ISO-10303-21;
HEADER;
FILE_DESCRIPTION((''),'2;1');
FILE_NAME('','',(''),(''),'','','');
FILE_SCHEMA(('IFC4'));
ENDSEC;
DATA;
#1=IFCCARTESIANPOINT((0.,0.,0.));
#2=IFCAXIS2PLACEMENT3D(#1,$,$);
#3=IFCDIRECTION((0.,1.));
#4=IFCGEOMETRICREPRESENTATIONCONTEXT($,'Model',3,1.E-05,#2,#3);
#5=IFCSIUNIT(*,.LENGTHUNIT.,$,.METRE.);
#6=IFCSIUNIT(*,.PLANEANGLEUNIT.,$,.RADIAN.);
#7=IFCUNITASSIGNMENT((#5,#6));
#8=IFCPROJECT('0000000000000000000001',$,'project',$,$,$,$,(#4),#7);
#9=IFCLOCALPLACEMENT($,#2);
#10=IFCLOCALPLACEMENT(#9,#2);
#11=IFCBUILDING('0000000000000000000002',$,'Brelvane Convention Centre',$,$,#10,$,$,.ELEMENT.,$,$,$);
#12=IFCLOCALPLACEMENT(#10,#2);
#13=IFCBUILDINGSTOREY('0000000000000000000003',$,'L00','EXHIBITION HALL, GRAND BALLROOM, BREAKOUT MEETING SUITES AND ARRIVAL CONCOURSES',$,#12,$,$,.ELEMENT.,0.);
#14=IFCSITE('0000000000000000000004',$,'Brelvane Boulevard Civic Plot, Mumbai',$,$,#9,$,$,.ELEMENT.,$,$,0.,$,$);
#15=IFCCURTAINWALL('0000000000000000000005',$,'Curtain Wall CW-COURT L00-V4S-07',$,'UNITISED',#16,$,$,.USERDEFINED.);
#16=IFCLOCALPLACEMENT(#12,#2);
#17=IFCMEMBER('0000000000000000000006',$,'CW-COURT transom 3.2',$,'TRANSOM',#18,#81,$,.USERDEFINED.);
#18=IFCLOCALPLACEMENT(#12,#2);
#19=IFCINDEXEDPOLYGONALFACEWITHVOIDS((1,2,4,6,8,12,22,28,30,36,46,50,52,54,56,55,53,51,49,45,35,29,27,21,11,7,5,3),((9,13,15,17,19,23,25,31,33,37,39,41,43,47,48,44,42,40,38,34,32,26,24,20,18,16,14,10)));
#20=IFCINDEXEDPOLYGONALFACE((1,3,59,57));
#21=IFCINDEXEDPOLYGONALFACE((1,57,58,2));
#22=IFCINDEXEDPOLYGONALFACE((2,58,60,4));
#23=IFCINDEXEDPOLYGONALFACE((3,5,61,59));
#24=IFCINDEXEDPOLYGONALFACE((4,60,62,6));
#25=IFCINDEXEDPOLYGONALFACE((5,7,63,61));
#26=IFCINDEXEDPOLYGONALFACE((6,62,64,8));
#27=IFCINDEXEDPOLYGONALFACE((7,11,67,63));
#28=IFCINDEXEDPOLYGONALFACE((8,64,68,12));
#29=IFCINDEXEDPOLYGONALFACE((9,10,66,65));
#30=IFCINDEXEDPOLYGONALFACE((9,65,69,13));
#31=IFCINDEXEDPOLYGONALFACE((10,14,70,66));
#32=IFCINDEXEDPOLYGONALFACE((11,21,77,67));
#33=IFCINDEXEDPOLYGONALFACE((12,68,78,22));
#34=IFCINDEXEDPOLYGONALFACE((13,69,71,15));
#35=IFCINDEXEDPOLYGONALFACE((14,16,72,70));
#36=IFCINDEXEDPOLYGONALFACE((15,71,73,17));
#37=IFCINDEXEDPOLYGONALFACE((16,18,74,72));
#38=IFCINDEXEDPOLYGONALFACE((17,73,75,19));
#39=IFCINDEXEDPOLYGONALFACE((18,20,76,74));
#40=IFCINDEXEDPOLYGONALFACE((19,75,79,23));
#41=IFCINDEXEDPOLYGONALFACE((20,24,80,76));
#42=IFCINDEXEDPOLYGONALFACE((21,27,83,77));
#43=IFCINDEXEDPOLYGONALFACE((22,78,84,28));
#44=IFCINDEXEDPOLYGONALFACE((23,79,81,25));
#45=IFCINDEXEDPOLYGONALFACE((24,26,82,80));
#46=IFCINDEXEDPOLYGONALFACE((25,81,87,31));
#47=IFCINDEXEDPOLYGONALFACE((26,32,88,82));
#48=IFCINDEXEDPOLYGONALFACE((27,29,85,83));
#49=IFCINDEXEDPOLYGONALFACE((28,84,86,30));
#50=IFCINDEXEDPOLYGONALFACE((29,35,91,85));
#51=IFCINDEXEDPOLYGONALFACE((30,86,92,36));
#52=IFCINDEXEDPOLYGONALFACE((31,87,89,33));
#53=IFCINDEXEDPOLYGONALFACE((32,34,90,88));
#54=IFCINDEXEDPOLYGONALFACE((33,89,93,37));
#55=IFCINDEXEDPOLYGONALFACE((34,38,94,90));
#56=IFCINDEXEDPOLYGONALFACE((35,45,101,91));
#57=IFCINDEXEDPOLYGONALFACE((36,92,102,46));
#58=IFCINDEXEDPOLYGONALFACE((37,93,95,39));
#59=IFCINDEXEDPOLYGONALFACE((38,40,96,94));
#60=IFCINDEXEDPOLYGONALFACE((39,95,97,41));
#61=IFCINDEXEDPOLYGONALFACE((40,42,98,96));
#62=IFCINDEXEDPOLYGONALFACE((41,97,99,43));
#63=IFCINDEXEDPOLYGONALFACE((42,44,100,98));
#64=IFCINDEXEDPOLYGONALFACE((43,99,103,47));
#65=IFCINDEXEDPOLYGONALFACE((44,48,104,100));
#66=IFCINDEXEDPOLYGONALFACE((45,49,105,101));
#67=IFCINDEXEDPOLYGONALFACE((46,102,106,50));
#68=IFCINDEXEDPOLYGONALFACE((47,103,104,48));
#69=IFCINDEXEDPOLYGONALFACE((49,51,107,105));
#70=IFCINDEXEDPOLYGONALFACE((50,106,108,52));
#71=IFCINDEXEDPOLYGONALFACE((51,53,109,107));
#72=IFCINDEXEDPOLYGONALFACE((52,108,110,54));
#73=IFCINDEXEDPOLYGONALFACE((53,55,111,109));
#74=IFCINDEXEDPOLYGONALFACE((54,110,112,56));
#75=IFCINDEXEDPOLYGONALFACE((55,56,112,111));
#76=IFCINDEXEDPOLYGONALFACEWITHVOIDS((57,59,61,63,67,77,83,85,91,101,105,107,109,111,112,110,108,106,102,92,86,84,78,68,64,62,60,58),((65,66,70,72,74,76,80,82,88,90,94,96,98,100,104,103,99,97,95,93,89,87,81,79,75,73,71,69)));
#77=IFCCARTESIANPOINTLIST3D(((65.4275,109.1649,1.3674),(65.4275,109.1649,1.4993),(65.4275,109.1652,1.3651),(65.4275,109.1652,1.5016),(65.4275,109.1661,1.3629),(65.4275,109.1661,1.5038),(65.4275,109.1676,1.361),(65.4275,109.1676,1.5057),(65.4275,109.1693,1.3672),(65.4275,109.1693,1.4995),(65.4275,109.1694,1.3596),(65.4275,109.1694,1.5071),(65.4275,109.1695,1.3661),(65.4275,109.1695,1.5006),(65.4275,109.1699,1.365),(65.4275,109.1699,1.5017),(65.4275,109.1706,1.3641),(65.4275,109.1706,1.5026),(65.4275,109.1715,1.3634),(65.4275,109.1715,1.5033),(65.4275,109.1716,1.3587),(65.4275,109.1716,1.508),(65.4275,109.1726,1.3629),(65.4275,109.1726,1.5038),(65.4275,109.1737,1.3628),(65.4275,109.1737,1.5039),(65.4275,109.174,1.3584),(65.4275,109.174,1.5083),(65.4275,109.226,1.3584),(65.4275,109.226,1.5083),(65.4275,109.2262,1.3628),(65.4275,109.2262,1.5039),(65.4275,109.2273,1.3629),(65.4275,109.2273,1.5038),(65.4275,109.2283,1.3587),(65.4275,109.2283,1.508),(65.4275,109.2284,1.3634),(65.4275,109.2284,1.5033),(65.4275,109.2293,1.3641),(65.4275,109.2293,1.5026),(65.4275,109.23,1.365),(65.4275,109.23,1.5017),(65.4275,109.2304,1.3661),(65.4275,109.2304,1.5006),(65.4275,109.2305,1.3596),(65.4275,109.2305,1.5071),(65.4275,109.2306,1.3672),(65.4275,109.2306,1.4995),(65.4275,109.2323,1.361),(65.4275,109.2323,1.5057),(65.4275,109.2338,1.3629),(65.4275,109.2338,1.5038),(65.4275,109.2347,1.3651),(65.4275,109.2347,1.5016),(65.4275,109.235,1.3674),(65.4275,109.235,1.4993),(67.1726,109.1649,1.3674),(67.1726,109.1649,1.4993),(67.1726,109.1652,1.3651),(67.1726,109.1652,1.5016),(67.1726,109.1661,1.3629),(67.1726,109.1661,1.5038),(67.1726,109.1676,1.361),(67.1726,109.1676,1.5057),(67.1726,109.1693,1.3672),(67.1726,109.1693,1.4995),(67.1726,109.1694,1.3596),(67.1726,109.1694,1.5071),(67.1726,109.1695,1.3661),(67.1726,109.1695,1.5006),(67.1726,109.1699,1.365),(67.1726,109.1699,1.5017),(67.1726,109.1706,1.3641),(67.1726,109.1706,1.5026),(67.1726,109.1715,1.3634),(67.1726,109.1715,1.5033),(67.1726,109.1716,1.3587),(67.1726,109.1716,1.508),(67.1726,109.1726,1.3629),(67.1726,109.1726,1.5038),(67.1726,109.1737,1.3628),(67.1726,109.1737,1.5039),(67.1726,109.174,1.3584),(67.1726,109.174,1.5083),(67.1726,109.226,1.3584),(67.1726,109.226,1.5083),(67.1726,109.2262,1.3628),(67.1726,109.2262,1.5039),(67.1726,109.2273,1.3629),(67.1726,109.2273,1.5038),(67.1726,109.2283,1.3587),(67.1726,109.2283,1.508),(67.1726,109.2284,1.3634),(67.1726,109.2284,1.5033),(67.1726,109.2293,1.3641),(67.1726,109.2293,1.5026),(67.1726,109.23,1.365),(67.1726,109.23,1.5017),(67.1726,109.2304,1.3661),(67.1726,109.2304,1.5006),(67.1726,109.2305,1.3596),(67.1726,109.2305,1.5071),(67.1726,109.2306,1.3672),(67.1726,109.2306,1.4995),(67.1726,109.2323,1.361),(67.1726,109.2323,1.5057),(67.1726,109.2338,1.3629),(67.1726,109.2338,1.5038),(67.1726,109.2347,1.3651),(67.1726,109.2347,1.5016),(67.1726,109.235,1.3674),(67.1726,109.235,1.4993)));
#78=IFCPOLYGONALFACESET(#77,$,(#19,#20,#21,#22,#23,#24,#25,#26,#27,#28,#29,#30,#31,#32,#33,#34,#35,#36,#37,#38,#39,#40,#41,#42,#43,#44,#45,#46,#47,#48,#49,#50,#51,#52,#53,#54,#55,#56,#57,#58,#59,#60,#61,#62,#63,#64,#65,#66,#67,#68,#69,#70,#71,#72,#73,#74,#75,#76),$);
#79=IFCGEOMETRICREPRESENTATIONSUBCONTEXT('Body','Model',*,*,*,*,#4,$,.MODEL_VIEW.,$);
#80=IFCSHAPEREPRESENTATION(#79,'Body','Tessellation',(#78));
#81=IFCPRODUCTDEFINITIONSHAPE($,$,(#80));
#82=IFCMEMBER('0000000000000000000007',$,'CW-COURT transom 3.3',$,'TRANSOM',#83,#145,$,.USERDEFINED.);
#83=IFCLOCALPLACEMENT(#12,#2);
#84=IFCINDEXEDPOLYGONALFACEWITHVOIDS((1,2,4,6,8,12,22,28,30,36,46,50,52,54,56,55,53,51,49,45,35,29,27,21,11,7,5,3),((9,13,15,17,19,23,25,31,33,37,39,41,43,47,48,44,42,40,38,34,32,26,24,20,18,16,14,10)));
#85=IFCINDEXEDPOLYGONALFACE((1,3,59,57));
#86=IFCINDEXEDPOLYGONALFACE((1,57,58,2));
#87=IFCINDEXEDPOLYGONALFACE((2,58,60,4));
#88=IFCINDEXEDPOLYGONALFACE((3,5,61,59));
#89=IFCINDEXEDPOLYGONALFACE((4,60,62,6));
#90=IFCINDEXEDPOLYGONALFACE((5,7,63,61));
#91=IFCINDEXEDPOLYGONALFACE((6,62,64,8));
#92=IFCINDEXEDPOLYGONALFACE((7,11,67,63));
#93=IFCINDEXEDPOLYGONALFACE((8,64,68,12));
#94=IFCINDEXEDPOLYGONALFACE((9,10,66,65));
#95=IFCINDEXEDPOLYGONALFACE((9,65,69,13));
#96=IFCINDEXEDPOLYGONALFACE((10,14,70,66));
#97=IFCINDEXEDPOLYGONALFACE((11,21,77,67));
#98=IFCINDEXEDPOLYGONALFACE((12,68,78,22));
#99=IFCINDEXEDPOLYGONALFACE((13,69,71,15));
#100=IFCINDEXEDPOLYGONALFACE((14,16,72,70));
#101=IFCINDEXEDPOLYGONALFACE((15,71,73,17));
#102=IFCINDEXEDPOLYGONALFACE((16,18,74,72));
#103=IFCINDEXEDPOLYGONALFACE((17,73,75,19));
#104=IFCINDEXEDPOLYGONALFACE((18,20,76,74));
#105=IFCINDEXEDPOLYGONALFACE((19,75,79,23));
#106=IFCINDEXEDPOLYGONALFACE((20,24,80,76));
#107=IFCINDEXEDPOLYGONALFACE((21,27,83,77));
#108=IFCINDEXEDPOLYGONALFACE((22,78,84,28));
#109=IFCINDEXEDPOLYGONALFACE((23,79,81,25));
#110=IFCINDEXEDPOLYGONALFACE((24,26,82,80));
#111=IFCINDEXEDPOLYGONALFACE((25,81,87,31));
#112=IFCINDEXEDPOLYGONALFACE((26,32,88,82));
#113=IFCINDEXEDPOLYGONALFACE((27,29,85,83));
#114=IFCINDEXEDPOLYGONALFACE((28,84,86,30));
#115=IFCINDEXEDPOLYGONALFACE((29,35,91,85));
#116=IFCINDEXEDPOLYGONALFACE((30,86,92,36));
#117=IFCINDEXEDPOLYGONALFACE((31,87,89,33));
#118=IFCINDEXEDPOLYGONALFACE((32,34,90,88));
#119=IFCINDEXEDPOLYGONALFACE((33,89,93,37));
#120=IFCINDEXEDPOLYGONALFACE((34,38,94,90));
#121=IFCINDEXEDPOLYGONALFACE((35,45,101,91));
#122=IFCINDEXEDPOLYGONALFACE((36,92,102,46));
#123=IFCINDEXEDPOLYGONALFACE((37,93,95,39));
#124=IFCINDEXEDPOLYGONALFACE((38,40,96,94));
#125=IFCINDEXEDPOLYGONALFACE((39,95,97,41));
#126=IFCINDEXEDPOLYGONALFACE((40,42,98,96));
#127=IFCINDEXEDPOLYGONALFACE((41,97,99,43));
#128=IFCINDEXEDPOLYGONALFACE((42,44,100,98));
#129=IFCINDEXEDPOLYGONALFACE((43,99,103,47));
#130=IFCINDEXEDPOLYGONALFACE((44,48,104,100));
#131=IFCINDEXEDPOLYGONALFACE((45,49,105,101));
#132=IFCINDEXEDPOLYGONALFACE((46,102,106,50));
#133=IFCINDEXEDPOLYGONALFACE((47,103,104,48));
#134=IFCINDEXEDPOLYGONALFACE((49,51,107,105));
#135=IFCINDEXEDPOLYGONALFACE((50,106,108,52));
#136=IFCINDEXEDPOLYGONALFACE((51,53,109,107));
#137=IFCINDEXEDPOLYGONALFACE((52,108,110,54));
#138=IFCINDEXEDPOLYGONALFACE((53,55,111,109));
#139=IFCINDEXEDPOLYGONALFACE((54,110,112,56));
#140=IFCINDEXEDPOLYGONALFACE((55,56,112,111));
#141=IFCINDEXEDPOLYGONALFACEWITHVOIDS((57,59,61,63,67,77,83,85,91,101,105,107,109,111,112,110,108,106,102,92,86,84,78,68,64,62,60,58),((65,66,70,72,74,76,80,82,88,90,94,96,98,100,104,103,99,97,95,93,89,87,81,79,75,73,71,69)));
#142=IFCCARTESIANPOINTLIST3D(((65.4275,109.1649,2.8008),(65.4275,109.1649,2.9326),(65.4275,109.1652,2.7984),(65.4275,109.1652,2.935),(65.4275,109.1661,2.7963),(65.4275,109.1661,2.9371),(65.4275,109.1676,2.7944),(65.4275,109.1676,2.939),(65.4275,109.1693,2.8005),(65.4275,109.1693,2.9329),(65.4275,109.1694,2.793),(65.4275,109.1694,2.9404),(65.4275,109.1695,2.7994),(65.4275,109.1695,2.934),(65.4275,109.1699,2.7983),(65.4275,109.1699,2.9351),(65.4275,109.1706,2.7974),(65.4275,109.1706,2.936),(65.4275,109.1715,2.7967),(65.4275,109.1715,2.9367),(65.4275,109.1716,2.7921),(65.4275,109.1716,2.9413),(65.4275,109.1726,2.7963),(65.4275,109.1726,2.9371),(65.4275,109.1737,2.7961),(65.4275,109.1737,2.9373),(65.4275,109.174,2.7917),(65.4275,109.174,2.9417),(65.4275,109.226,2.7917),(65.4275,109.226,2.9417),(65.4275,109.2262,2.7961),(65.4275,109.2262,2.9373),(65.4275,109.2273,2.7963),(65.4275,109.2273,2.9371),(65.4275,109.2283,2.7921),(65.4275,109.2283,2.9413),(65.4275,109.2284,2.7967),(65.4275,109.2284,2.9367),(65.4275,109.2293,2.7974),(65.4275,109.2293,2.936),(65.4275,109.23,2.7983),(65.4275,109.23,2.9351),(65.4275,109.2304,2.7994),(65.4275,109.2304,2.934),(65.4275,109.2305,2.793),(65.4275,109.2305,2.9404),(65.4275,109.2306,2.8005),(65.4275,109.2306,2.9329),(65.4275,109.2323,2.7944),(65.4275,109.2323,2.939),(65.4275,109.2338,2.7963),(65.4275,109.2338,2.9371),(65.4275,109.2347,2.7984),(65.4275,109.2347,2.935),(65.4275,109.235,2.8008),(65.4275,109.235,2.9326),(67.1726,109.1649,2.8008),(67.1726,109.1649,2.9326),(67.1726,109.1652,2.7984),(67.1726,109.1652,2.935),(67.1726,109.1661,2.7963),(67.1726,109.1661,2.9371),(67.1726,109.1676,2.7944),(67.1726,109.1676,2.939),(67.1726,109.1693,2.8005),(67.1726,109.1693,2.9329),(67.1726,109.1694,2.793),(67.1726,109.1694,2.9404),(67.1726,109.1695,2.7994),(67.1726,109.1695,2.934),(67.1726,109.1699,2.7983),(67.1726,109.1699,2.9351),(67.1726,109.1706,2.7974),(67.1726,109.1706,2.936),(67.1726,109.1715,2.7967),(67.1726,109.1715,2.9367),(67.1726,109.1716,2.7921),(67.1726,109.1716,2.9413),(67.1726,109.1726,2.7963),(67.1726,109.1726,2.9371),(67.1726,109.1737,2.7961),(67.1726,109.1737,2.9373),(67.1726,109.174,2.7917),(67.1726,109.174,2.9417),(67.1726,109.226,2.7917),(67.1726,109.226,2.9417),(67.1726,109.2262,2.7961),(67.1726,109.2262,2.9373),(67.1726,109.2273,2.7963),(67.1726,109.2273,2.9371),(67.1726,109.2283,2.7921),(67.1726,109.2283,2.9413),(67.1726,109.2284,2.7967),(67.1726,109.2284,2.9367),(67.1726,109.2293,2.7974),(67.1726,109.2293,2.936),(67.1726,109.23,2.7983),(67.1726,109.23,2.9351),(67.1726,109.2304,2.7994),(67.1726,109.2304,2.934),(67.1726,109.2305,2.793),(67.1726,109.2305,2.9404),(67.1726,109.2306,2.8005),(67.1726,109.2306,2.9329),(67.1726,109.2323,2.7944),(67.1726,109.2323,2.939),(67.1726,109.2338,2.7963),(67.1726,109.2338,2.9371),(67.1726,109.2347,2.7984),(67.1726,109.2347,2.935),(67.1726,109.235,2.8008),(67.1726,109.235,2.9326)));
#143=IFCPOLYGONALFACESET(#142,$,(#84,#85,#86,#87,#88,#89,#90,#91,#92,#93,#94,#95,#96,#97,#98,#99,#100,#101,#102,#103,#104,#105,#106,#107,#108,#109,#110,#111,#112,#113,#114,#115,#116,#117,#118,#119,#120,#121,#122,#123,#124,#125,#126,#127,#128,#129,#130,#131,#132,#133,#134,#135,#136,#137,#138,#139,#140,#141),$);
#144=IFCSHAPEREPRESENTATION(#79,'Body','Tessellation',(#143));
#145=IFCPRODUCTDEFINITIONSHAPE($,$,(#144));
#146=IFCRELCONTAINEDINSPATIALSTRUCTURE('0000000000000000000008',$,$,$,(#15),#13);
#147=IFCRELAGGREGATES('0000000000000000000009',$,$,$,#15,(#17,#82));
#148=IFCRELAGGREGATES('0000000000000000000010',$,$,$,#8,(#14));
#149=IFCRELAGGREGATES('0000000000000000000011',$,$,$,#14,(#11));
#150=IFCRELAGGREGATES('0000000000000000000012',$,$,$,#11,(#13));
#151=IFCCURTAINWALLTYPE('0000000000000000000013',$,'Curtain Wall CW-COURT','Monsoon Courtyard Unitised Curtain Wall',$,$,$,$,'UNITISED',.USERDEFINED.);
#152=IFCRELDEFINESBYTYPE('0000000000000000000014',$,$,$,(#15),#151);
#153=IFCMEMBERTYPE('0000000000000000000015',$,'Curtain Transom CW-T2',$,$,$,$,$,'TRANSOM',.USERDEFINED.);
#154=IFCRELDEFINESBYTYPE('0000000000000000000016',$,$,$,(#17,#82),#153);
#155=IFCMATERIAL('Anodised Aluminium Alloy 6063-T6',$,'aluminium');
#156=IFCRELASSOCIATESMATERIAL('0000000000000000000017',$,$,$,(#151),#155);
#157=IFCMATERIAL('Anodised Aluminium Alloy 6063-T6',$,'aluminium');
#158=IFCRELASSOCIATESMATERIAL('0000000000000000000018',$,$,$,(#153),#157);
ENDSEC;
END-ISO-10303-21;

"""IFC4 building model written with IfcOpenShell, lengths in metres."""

from ifc_helpers import new_model, si_unit, direction, frame, origin, origin_2d, place, context, subcontext, project, spatial, hollow_rectangle, extrude, material, material_profile, profile_set, type_object, element, aggregate, save


model = new_model("IFC4")

# Units and contexts
model_context = context("Model", 3, precision=1e-05, world=origin(), true_north=direction((0.0, 1.0)))
body_context = subcontext(model_context, "Body", "Model", "MODEL_VIEW")
ifc_project = project(units=[si_unit("LENGTHUNIT", "METRE"), si_unit("PLANEANGLEUNIT", "RADIAN")], contexts=[model_context])

# Site, building, storey
site_placement = place(None, origin())
site = spatial("IfcSite", under=ifc_project, at=site_placement, Name="Brelvane Boulevard Civic Plot, Mumbai", CompositionType="ELEMENT", RefElevation=0.0)
building_placement = place(site_placement, origin())
building = spatial("IfcBuilding", under=site, at=building_placement, Name="Brelvane Convention Centre", CompositionType="ELEMENT")
storey_placement = place(building_placement, origin())
storey = spatial("IfcBuildingStorey", under=building, at=storey_placement, Name="L00", Description="EXHIBITION HALL, GRAND BALLROOM, BREAKOUT MEETING SUITES AND ARRIVAL CONCOURSES", CompositionType="ELEMENT", Elevation=0.0)

# Curtain wall, members
ifc_material_1 = material(Name="Anodised Aluminium Alloy 6063-T6", Category="aluminium")
curtain_wall_type = type_object("IfcCurtainWallType", Name="Curtain Wall CW-COURT", Description="Monsoon Courtyard Unitised Curtain Wall", ElementType="UNITISED", PredefinedType="USERDEFINED", material=ifc_material_1)
curtain_wall_placement = place(storey_placement, origin())
curtain_wall = element("IfcCurtainWall", 1, at=curtain_wall_placement, inside=storey, type_object=curtain_wall_type, Name="Curtain Wall CW-COURT L00-V4S-07", ObjectType="UNITISED", PredefinedType="USERDEFINED")
ifc_material_2 = material(Name="Anodised Aluminium Alloy 6063-T6", Category="aluminium")
ifc_material_profile_1 = material_profile(ifc_material_2, hollow_rectangle(XDim=0.0701, YDim=0.1499, WallThickness=0.0044, InnerFilletRadius=0.0044, OuterFilletRadius=0.009, at=origin_2d()), Name="ALU-T 150x70x4.5")
ifc_profile_set_1 = profile_set([ifc_material_profile_1], Name="Anodised Aluminium Alloy 6063-T6")
member_type_1 = type_object("IfcMemberType", Name="Curtain Transom CW-T2", ElementType="TRANSOM", PredefinedType="USERDEFINED", material=ifc_profile_set_1)
member_1_placement = place(storey_placement, frame((65.4275, 109.2, 1.4333), z_axis=(1.0, 0.0, 0.0), x_axis=(0.0, 1.0, 0.0)))
member_1 = element("IfcMember", 2, at=member_1_placement, type_object=member_type_1, Name="CW-COURT transom 3.2", ObjectType="TRANSOM", PredefinedType="USERDEFINED", context=body_context, shape_type="SweptSolid", body=[
    extrude(hollow_rectangle(XDim=0.0701, YDim=0.1499, WallThickness=0.0044, InnerFilletRadius=0.0044, OuterFilletRadius=0.009, at=origin_2d()), origin(), (0.0, 0.0, 1.0), 1.7451),
])
member_2_placement = place(storey_placement, frame((65.4275, 109.2, 2.8667), z_axis=(1.0, 0.0, 0.0), x_axis=(0.0, 1.0, 0.0)))
member_2 = element("IfcMember", 3, at=member_2_placement, type_object=member_type_1, Name="CW-COURT transom 3.3", ObjectType="TRANSOM", PredefinedType="USERDEFINED", context=body_context, shape_type="SweptSolid", body=[
    extrude(hollow_rectangle(XDim=0.0701, YDim=0.1499, WallThickness=0.0044, InnerFilletRadius=0.0044, OuterFilletRadius=0.009, at=origin_2d()), origin(), (0.0, 0.0, 1.0), 1.7451),
])
aggregate(curtain_wall, [member_1, member_2])

save(model, "model.ifc")
